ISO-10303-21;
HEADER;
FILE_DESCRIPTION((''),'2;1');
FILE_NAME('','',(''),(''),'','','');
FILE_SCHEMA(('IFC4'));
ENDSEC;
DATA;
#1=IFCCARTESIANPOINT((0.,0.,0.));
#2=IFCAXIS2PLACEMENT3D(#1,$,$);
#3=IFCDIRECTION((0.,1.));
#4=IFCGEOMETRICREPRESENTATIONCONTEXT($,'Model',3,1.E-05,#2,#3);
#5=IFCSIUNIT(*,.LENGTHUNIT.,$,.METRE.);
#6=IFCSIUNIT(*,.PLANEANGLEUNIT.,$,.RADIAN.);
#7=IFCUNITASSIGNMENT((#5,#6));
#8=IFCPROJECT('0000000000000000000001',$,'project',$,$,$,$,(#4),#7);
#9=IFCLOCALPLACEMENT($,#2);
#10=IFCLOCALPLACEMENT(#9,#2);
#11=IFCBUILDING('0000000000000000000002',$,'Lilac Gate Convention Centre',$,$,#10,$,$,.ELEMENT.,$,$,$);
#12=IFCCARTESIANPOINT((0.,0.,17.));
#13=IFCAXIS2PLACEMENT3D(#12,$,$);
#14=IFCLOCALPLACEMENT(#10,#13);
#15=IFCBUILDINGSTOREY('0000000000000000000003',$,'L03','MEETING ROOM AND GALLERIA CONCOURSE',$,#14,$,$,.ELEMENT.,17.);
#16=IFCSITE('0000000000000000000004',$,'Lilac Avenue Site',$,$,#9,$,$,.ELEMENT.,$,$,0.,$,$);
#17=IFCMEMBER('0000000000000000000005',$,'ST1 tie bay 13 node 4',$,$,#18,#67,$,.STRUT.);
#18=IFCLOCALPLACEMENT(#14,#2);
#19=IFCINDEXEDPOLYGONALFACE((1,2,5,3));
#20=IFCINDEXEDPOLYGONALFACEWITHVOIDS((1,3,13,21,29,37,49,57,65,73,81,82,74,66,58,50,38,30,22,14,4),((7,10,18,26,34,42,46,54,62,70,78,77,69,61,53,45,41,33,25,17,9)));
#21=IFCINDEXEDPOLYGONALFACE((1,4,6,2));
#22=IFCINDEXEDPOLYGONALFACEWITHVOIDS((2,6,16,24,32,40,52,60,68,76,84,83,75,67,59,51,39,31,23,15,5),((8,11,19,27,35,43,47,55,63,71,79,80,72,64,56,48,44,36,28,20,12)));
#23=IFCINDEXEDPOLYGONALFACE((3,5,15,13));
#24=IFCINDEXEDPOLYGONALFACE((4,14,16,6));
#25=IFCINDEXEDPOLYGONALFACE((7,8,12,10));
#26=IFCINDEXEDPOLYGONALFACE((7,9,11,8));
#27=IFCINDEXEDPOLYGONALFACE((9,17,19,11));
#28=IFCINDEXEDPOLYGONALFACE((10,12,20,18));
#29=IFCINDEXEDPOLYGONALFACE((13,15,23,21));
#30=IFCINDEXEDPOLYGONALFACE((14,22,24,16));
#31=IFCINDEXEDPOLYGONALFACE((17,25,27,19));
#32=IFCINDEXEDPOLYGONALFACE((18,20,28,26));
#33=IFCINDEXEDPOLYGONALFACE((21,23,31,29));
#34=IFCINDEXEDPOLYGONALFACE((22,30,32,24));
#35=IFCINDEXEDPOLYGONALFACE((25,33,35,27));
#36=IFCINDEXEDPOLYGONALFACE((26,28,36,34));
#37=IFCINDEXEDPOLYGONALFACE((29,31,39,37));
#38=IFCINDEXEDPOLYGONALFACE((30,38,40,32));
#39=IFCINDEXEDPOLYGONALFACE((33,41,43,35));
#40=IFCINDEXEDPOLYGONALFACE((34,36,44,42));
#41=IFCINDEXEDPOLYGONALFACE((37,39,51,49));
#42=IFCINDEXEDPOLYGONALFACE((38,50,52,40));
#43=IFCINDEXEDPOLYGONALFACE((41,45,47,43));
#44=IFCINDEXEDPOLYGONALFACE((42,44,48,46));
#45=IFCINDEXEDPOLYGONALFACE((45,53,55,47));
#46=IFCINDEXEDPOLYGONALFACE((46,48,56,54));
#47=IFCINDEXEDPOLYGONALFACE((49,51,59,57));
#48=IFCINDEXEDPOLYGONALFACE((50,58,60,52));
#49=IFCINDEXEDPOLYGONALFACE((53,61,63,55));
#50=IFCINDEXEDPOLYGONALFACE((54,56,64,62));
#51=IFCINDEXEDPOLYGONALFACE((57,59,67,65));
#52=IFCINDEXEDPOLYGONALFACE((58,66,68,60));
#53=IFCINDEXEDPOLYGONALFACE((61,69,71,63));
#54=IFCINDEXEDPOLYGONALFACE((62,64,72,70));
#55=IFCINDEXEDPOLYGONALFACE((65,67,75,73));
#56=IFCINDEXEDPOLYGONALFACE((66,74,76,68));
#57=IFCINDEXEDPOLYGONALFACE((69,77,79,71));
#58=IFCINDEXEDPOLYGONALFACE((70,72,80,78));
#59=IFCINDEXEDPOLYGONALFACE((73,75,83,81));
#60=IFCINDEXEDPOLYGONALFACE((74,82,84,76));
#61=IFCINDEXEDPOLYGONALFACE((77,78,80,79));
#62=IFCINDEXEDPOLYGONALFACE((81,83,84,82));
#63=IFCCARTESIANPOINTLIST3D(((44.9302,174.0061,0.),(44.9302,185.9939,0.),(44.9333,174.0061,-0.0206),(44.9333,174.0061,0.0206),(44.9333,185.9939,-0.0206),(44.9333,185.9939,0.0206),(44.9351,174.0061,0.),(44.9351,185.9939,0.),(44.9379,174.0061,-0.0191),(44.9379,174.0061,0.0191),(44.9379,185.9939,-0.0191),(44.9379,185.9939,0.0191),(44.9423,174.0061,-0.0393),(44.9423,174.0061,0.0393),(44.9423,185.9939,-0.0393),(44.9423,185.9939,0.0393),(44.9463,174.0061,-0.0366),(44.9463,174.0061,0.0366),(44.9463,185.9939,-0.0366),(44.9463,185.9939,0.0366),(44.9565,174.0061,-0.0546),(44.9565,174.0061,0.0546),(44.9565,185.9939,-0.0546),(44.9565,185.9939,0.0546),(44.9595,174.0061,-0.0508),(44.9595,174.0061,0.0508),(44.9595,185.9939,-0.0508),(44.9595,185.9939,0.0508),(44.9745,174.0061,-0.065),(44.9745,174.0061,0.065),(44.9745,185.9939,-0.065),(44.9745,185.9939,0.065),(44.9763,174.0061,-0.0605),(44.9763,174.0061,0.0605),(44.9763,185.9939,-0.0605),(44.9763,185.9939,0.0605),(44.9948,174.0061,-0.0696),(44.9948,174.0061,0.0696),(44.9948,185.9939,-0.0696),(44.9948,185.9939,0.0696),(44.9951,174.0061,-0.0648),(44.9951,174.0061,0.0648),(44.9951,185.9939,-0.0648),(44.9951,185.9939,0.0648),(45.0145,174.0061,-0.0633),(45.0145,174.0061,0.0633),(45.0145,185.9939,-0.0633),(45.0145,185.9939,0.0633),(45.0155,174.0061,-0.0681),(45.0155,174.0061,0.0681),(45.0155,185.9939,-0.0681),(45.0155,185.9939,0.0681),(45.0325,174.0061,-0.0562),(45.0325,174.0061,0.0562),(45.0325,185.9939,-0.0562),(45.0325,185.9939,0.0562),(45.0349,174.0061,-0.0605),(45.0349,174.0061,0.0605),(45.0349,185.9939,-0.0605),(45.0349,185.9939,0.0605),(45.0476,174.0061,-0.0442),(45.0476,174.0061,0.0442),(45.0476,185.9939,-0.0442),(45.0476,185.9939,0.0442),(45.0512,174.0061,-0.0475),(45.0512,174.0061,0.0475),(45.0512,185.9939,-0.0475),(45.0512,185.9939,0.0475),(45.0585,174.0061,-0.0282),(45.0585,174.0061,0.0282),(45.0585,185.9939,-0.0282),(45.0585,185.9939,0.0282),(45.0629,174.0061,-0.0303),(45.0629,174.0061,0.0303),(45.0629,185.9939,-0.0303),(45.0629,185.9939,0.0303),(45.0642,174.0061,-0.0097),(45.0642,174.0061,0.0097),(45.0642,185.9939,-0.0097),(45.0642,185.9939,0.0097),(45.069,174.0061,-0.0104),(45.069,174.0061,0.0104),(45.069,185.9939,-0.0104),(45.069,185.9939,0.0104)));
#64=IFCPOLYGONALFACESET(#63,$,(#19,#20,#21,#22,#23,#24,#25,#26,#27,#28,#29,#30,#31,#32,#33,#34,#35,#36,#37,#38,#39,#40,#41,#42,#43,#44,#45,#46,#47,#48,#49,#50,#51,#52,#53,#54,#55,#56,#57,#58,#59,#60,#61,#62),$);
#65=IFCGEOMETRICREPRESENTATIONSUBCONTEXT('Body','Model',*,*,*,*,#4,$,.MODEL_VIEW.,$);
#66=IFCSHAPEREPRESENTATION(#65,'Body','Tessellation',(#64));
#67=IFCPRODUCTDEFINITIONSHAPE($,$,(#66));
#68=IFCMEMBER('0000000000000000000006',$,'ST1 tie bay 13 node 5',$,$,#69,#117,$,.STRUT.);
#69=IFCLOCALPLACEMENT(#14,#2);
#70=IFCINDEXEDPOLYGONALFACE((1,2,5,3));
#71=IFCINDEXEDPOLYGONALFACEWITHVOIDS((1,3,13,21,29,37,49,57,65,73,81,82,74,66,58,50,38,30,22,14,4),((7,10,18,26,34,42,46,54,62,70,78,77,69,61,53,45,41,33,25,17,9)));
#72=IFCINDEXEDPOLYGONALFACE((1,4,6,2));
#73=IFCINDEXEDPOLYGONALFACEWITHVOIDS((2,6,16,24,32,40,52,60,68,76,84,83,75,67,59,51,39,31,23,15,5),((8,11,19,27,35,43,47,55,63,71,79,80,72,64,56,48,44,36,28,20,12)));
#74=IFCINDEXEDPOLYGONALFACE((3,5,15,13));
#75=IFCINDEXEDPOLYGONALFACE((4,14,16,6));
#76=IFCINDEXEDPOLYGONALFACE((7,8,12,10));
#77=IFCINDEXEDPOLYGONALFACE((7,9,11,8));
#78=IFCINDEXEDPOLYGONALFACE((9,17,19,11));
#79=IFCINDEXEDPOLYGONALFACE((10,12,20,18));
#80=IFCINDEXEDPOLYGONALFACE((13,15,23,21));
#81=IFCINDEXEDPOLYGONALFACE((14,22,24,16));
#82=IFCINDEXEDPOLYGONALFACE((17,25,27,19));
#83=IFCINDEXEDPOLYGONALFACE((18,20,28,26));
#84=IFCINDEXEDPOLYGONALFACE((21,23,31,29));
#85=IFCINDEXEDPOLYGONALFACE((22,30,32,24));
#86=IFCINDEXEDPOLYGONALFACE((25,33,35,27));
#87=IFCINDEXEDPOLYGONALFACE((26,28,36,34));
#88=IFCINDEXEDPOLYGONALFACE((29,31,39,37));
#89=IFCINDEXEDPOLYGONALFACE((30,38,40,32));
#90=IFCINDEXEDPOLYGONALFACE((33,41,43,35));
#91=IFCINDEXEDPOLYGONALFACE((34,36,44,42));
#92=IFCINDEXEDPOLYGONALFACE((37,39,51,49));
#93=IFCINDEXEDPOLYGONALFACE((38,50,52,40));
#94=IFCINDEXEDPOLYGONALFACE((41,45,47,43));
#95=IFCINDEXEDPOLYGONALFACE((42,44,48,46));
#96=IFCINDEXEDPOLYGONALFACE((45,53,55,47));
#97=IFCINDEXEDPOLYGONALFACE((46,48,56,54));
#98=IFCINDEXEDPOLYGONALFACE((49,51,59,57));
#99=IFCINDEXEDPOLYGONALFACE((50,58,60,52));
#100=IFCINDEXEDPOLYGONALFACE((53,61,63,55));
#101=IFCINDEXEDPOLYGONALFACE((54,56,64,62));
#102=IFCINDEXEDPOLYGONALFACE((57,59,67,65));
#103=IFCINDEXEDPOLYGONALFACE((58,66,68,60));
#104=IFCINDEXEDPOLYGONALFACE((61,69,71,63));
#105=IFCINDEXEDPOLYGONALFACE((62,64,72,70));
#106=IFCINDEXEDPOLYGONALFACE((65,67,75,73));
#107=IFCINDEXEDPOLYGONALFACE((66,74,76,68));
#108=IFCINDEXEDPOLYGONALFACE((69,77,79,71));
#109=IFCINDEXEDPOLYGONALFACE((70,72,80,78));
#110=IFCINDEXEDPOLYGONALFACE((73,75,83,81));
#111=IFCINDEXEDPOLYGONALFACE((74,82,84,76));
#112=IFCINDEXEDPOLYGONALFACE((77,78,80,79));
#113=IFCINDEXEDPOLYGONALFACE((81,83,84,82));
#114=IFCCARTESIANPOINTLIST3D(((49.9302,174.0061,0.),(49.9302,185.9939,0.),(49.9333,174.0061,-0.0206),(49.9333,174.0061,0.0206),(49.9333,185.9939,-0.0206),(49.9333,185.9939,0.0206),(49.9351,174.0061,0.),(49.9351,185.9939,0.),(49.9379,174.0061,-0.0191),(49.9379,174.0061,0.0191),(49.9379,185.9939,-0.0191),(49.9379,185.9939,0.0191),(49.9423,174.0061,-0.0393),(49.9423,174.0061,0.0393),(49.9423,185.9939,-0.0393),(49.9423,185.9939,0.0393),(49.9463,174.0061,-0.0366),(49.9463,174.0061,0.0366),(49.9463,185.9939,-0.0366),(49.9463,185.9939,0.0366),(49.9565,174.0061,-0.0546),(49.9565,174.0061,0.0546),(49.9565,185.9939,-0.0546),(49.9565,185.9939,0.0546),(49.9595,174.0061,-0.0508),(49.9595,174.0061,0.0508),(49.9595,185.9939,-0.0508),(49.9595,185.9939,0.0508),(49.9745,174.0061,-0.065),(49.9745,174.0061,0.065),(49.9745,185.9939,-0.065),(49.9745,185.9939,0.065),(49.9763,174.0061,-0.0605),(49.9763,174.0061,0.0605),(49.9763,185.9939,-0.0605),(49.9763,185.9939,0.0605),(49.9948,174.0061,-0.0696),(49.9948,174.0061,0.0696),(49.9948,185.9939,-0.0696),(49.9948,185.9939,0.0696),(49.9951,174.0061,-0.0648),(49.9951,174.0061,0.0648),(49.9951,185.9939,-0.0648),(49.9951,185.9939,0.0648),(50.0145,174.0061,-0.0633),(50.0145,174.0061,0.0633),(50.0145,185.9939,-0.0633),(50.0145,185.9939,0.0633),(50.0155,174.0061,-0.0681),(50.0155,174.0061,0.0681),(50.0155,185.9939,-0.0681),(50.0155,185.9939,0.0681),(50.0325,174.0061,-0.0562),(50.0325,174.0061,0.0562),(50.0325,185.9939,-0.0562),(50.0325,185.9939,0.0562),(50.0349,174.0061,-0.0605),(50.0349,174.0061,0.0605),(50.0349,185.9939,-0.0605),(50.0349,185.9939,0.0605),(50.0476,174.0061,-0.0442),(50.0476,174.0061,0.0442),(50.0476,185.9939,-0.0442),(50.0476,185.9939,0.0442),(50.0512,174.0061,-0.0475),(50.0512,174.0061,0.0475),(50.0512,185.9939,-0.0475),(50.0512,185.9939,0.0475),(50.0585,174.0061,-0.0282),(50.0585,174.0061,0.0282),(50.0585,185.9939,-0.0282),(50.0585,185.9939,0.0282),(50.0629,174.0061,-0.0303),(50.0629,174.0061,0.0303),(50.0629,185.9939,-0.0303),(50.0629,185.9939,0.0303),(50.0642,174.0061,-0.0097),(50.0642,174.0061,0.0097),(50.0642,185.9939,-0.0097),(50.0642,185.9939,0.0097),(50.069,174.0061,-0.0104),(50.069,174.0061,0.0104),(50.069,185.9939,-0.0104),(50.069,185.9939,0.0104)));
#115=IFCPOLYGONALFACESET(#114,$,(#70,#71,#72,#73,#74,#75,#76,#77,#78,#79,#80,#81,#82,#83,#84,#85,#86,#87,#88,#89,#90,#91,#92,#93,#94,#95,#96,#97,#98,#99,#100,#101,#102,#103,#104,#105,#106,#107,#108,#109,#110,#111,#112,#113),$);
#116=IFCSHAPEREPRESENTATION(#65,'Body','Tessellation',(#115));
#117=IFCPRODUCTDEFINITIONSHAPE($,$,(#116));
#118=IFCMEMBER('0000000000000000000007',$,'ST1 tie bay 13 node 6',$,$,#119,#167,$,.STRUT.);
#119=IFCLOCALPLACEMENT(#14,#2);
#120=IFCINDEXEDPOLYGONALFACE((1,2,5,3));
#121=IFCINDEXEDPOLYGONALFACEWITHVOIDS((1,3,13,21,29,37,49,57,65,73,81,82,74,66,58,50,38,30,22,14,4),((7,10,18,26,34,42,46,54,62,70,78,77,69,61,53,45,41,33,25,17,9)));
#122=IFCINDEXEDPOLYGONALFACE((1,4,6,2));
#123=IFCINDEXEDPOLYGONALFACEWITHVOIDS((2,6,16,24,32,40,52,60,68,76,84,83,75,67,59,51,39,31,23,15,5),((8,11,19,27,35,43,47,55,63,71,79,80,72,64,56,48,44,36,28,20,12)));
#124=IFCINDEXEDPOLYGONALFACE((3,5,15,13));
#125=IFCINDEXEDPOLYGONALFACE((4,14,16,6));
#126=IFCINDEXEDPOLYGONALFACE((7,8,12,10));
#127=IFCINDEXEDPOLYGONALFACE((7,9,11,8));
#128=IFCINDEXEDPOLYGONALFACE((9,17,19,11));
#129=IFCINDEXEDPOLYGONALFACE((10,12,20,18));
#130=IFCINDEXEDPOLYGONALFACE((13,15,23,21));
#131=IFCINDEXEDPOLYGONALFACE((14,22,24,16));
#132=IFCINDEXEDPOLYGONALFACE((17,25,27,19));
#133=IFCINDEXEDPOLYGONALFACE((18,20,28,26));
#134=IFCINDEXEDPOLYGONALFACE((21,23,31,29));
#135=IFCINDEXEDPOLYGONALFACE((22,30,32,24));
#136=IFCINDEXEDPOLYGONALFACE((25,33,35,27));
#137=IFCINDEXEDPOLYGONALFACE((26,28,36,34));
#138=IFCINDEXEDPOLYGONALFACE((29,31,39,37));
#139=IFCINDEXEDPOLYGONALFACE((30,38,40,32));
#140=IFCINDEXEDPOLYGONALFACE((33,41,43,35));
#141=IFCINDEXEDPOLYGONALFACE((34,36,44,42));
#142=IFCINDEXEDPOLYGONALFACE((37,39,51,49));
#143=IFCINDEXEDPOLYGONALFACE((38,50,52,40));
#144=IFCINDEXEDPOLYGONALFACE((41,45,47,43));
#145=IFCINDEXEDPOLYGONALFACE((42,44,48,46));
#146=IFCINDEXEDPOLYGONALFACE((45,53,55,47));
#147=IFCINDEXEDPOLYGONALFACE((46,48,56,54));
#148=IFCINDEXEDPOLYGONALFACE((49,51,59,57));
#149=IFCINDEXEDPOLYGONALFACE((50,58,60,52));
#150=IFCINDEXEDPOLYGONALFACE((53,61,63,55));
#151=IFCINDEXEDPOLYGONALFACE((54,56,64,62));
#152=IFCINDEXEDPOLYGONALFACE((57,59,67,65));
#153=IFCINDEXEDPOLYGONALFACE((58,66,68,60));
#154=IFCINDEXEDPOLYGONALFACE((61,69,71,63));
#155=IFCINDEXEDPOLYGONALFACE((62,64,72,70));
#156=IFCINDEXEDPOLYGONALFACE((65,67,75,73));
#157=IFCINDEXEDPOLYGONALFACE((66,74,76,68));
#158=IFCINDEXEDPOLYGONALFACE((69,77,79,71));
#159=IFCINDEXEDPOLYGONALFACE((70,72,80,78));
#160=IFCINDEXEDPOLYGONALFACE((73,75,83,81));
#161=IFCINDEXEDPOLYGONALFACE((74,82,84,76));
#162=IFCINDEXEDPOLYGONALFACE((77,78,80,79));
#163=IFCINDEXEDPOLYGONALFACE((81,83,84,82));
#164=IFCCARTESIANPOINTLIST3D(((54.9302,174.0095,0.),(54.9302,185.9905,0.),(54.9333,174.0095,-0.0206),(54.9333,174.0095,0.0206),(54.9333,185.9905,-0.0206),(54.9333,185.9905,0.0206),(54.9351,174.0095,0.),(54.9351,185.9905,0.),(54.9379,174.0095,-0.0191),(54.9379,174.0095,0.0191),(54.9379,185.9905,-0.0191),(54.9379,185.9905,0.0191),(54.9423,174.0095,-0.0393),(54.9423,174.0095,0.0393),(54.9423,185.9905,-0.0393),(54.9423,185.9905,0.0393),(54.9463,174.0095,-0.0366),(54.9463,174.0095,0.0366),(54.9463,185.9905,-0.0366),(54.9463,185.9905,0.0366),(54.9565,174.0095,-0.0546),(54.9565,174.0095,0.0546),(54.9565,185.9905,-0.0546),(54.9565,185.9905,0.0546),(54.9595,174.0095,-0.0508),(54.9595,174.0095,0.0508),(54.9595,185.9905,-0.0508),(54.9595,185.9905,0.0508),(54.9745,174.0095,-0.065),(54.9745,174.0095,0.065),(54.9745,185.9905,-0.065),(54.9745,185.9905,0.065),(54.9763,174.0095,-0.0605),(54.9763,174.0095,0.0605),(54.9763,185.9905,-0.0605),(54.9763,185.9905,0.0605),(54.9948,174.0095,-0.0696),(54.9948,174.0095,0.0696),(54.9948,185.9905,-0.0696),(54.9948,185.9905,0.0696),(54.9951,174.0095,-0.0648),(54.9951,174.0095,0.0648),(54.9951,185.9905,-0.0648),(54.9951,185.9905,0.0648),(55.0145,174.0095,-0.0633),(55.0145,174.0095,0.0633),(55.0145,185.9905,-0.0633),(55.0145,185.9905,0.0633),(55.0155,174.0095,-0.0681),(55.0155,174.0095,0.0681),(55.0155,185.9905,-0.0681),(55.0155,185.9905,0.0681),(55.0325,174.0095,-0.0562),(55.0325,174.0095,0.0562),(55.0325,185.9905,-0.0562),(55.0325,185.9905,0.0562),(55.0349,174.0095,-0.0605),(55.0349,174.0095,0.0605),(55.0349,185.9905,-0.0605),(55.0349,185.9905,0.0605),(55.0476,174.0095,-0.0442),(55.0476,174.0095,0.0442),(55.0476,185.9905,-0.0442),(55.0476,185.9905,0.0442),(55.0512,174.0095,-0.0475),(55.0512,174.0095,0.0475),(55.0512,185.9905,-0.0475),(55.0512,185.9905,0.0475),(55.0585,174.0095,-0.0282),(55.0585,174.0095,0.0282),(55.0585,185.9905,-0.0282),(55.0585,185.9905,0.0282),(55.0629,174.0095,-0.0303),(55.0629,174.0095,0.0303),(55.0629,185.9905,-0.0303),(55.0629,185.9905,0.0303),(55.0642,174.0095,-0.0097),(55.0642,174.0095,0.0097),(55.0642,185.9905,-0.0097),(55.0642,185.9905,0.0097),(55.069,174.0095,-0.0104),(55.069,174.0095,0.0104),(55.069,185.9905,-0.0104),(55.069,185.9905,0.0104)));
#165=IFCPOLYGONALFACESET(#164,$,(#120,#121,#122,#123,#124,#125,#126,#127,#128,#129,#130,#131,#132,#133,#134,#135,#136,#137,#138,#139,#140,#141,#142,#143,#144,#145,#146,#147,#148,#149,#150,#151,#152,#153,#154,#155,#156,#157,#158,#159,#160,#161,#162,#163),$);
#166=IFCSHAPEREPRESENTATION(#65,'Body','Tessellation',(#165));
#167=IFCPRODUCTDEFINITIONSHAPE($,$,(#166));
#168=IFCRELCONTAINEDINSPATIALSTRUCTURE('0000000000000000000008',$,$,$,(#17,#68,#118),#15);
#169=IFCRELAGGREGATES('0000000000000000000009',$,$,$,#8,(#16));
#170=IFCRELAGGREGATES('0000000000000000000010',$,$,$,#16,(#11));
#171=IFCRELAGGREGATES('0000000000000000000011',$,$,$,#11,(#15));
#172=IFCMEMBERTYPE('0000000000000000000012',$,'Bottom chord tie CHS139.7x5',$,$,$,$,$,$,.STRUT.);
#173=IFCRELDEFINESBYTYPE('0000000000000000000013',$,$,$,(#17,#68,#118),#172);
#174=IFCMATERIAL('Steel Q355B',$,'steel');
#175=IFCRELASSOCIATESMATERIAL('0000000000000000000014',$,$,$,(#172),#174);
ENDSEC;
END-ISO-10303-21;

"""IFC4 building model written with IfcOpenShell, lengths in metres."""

from ifc_helpers import new_model, si_unit, direction, frame, origin, origin_2d, place, context, subcontext, project, spatial, hollow_circle, extrude, material, material_profile, profile_set, type_object, element, save


model = new_model("IFC4")

# Units and contexts
model_context = context("Model", 3, precision=1e-05, world=origin(), true_north=direction((0.0, 1.0)))
body_context = subcontext(model_context, "Body", "Model", "MODEL_VIEW")
ifc_project = project(units=[si_unit("LENGTHUNIT", "METRE"), si_unit("PLANEANGLEUNIT", "RADIAN")], contexts=[model_context])

# Site, building, storey
site_placement = place(None, origin())
site = spatial("IfcSite", under=ifc_project, at=site_placement, Name="Lilac Avenue Site", CompositionType="ELEMENT", RefElevation=0.0)
building_placement = place(site_placement, origin())
building = spatial("IfcBuilding", under=site, at=building_placement, Name="Lilac Gate Convention Centre", CompositionType="ELEMENT")
storey_placement = place(building_placement, frame((0.0, 0.0, 17.0)))
storey = spatial("IfcBuildingStorey", under=building, at=storey_placement, Name="L03", Description="MEETING ROOM AND GALLERIA CONCOURSE", CompositionType="ELEMENT", Elevation=17.0)

# Members
ifc_material = material(Name="Steel Q355B", Category="steel")
ifc_material_profile_1 = material_profile(ifc_material, hollow_circle(Radius=0.0698, WallThickness=0.0049, at=origin_2d()), Name="CHS139.7x5")
ifc_profile_set_1 = profile_set([ifc_material_profile_1], Name="Steel Q355B")
member_type_1 = type_object("IfcMemberType", Name="Bottom chord tie CHS139.7x5", PredefinedType="STRUT", material=ifc_profile_set_1)
for number, where, z_axis, x_axis, name in (
    (1, (45.0, 174.0061, 0.0), (0.0, 1.0, 0.0), (-1.0, 0.0, 0.0), "ST1 tie bay 13 node 4"),
    (2, (50.0, 174.0061, 0.0), (0.0, 1.0, 0.0), (-1.0, 0.0, 0.0), "ST1 tie bay 13 node 5"),
):
    element("IfcMember", number, at=place(storey_placement, frame(where, z_axis=z_axis, x_axis=x_axis)), inside=storey, type_object=member_type_1, Name=name, PredefinedType="STRUT", context=body_context, shape_type="SweptSolid", body=[
        extrude(hollow_circle(Radius=0.0698, WallThickness=0.0049, at=origin_2d()), origin(), (0.0, 0.0, 1.0), 11.9878),
    ])
member_1_placement = place(storey_placement, frame((55.0, 174.0095, 0.0), z_axis=(0.0, 1.0, 0.0), x_axis=(-1.0, 0.0, 0.0)))
element("IfcMember", 3, at=member_1_placement, inside=storey, type_object=member_type_1, Name="ST1 tie bay 13 node 6", PredefinedType="STRUT", context=body_context, shape_type="SweptSolid", body=[
    extrude(hollow_circle(Radius=0.0698, WallThickness=0.0049, at=origin_2d()), origin(), (0.0, 0.0, 1.0), 11.981),
])

save(model, "model.ifc")
